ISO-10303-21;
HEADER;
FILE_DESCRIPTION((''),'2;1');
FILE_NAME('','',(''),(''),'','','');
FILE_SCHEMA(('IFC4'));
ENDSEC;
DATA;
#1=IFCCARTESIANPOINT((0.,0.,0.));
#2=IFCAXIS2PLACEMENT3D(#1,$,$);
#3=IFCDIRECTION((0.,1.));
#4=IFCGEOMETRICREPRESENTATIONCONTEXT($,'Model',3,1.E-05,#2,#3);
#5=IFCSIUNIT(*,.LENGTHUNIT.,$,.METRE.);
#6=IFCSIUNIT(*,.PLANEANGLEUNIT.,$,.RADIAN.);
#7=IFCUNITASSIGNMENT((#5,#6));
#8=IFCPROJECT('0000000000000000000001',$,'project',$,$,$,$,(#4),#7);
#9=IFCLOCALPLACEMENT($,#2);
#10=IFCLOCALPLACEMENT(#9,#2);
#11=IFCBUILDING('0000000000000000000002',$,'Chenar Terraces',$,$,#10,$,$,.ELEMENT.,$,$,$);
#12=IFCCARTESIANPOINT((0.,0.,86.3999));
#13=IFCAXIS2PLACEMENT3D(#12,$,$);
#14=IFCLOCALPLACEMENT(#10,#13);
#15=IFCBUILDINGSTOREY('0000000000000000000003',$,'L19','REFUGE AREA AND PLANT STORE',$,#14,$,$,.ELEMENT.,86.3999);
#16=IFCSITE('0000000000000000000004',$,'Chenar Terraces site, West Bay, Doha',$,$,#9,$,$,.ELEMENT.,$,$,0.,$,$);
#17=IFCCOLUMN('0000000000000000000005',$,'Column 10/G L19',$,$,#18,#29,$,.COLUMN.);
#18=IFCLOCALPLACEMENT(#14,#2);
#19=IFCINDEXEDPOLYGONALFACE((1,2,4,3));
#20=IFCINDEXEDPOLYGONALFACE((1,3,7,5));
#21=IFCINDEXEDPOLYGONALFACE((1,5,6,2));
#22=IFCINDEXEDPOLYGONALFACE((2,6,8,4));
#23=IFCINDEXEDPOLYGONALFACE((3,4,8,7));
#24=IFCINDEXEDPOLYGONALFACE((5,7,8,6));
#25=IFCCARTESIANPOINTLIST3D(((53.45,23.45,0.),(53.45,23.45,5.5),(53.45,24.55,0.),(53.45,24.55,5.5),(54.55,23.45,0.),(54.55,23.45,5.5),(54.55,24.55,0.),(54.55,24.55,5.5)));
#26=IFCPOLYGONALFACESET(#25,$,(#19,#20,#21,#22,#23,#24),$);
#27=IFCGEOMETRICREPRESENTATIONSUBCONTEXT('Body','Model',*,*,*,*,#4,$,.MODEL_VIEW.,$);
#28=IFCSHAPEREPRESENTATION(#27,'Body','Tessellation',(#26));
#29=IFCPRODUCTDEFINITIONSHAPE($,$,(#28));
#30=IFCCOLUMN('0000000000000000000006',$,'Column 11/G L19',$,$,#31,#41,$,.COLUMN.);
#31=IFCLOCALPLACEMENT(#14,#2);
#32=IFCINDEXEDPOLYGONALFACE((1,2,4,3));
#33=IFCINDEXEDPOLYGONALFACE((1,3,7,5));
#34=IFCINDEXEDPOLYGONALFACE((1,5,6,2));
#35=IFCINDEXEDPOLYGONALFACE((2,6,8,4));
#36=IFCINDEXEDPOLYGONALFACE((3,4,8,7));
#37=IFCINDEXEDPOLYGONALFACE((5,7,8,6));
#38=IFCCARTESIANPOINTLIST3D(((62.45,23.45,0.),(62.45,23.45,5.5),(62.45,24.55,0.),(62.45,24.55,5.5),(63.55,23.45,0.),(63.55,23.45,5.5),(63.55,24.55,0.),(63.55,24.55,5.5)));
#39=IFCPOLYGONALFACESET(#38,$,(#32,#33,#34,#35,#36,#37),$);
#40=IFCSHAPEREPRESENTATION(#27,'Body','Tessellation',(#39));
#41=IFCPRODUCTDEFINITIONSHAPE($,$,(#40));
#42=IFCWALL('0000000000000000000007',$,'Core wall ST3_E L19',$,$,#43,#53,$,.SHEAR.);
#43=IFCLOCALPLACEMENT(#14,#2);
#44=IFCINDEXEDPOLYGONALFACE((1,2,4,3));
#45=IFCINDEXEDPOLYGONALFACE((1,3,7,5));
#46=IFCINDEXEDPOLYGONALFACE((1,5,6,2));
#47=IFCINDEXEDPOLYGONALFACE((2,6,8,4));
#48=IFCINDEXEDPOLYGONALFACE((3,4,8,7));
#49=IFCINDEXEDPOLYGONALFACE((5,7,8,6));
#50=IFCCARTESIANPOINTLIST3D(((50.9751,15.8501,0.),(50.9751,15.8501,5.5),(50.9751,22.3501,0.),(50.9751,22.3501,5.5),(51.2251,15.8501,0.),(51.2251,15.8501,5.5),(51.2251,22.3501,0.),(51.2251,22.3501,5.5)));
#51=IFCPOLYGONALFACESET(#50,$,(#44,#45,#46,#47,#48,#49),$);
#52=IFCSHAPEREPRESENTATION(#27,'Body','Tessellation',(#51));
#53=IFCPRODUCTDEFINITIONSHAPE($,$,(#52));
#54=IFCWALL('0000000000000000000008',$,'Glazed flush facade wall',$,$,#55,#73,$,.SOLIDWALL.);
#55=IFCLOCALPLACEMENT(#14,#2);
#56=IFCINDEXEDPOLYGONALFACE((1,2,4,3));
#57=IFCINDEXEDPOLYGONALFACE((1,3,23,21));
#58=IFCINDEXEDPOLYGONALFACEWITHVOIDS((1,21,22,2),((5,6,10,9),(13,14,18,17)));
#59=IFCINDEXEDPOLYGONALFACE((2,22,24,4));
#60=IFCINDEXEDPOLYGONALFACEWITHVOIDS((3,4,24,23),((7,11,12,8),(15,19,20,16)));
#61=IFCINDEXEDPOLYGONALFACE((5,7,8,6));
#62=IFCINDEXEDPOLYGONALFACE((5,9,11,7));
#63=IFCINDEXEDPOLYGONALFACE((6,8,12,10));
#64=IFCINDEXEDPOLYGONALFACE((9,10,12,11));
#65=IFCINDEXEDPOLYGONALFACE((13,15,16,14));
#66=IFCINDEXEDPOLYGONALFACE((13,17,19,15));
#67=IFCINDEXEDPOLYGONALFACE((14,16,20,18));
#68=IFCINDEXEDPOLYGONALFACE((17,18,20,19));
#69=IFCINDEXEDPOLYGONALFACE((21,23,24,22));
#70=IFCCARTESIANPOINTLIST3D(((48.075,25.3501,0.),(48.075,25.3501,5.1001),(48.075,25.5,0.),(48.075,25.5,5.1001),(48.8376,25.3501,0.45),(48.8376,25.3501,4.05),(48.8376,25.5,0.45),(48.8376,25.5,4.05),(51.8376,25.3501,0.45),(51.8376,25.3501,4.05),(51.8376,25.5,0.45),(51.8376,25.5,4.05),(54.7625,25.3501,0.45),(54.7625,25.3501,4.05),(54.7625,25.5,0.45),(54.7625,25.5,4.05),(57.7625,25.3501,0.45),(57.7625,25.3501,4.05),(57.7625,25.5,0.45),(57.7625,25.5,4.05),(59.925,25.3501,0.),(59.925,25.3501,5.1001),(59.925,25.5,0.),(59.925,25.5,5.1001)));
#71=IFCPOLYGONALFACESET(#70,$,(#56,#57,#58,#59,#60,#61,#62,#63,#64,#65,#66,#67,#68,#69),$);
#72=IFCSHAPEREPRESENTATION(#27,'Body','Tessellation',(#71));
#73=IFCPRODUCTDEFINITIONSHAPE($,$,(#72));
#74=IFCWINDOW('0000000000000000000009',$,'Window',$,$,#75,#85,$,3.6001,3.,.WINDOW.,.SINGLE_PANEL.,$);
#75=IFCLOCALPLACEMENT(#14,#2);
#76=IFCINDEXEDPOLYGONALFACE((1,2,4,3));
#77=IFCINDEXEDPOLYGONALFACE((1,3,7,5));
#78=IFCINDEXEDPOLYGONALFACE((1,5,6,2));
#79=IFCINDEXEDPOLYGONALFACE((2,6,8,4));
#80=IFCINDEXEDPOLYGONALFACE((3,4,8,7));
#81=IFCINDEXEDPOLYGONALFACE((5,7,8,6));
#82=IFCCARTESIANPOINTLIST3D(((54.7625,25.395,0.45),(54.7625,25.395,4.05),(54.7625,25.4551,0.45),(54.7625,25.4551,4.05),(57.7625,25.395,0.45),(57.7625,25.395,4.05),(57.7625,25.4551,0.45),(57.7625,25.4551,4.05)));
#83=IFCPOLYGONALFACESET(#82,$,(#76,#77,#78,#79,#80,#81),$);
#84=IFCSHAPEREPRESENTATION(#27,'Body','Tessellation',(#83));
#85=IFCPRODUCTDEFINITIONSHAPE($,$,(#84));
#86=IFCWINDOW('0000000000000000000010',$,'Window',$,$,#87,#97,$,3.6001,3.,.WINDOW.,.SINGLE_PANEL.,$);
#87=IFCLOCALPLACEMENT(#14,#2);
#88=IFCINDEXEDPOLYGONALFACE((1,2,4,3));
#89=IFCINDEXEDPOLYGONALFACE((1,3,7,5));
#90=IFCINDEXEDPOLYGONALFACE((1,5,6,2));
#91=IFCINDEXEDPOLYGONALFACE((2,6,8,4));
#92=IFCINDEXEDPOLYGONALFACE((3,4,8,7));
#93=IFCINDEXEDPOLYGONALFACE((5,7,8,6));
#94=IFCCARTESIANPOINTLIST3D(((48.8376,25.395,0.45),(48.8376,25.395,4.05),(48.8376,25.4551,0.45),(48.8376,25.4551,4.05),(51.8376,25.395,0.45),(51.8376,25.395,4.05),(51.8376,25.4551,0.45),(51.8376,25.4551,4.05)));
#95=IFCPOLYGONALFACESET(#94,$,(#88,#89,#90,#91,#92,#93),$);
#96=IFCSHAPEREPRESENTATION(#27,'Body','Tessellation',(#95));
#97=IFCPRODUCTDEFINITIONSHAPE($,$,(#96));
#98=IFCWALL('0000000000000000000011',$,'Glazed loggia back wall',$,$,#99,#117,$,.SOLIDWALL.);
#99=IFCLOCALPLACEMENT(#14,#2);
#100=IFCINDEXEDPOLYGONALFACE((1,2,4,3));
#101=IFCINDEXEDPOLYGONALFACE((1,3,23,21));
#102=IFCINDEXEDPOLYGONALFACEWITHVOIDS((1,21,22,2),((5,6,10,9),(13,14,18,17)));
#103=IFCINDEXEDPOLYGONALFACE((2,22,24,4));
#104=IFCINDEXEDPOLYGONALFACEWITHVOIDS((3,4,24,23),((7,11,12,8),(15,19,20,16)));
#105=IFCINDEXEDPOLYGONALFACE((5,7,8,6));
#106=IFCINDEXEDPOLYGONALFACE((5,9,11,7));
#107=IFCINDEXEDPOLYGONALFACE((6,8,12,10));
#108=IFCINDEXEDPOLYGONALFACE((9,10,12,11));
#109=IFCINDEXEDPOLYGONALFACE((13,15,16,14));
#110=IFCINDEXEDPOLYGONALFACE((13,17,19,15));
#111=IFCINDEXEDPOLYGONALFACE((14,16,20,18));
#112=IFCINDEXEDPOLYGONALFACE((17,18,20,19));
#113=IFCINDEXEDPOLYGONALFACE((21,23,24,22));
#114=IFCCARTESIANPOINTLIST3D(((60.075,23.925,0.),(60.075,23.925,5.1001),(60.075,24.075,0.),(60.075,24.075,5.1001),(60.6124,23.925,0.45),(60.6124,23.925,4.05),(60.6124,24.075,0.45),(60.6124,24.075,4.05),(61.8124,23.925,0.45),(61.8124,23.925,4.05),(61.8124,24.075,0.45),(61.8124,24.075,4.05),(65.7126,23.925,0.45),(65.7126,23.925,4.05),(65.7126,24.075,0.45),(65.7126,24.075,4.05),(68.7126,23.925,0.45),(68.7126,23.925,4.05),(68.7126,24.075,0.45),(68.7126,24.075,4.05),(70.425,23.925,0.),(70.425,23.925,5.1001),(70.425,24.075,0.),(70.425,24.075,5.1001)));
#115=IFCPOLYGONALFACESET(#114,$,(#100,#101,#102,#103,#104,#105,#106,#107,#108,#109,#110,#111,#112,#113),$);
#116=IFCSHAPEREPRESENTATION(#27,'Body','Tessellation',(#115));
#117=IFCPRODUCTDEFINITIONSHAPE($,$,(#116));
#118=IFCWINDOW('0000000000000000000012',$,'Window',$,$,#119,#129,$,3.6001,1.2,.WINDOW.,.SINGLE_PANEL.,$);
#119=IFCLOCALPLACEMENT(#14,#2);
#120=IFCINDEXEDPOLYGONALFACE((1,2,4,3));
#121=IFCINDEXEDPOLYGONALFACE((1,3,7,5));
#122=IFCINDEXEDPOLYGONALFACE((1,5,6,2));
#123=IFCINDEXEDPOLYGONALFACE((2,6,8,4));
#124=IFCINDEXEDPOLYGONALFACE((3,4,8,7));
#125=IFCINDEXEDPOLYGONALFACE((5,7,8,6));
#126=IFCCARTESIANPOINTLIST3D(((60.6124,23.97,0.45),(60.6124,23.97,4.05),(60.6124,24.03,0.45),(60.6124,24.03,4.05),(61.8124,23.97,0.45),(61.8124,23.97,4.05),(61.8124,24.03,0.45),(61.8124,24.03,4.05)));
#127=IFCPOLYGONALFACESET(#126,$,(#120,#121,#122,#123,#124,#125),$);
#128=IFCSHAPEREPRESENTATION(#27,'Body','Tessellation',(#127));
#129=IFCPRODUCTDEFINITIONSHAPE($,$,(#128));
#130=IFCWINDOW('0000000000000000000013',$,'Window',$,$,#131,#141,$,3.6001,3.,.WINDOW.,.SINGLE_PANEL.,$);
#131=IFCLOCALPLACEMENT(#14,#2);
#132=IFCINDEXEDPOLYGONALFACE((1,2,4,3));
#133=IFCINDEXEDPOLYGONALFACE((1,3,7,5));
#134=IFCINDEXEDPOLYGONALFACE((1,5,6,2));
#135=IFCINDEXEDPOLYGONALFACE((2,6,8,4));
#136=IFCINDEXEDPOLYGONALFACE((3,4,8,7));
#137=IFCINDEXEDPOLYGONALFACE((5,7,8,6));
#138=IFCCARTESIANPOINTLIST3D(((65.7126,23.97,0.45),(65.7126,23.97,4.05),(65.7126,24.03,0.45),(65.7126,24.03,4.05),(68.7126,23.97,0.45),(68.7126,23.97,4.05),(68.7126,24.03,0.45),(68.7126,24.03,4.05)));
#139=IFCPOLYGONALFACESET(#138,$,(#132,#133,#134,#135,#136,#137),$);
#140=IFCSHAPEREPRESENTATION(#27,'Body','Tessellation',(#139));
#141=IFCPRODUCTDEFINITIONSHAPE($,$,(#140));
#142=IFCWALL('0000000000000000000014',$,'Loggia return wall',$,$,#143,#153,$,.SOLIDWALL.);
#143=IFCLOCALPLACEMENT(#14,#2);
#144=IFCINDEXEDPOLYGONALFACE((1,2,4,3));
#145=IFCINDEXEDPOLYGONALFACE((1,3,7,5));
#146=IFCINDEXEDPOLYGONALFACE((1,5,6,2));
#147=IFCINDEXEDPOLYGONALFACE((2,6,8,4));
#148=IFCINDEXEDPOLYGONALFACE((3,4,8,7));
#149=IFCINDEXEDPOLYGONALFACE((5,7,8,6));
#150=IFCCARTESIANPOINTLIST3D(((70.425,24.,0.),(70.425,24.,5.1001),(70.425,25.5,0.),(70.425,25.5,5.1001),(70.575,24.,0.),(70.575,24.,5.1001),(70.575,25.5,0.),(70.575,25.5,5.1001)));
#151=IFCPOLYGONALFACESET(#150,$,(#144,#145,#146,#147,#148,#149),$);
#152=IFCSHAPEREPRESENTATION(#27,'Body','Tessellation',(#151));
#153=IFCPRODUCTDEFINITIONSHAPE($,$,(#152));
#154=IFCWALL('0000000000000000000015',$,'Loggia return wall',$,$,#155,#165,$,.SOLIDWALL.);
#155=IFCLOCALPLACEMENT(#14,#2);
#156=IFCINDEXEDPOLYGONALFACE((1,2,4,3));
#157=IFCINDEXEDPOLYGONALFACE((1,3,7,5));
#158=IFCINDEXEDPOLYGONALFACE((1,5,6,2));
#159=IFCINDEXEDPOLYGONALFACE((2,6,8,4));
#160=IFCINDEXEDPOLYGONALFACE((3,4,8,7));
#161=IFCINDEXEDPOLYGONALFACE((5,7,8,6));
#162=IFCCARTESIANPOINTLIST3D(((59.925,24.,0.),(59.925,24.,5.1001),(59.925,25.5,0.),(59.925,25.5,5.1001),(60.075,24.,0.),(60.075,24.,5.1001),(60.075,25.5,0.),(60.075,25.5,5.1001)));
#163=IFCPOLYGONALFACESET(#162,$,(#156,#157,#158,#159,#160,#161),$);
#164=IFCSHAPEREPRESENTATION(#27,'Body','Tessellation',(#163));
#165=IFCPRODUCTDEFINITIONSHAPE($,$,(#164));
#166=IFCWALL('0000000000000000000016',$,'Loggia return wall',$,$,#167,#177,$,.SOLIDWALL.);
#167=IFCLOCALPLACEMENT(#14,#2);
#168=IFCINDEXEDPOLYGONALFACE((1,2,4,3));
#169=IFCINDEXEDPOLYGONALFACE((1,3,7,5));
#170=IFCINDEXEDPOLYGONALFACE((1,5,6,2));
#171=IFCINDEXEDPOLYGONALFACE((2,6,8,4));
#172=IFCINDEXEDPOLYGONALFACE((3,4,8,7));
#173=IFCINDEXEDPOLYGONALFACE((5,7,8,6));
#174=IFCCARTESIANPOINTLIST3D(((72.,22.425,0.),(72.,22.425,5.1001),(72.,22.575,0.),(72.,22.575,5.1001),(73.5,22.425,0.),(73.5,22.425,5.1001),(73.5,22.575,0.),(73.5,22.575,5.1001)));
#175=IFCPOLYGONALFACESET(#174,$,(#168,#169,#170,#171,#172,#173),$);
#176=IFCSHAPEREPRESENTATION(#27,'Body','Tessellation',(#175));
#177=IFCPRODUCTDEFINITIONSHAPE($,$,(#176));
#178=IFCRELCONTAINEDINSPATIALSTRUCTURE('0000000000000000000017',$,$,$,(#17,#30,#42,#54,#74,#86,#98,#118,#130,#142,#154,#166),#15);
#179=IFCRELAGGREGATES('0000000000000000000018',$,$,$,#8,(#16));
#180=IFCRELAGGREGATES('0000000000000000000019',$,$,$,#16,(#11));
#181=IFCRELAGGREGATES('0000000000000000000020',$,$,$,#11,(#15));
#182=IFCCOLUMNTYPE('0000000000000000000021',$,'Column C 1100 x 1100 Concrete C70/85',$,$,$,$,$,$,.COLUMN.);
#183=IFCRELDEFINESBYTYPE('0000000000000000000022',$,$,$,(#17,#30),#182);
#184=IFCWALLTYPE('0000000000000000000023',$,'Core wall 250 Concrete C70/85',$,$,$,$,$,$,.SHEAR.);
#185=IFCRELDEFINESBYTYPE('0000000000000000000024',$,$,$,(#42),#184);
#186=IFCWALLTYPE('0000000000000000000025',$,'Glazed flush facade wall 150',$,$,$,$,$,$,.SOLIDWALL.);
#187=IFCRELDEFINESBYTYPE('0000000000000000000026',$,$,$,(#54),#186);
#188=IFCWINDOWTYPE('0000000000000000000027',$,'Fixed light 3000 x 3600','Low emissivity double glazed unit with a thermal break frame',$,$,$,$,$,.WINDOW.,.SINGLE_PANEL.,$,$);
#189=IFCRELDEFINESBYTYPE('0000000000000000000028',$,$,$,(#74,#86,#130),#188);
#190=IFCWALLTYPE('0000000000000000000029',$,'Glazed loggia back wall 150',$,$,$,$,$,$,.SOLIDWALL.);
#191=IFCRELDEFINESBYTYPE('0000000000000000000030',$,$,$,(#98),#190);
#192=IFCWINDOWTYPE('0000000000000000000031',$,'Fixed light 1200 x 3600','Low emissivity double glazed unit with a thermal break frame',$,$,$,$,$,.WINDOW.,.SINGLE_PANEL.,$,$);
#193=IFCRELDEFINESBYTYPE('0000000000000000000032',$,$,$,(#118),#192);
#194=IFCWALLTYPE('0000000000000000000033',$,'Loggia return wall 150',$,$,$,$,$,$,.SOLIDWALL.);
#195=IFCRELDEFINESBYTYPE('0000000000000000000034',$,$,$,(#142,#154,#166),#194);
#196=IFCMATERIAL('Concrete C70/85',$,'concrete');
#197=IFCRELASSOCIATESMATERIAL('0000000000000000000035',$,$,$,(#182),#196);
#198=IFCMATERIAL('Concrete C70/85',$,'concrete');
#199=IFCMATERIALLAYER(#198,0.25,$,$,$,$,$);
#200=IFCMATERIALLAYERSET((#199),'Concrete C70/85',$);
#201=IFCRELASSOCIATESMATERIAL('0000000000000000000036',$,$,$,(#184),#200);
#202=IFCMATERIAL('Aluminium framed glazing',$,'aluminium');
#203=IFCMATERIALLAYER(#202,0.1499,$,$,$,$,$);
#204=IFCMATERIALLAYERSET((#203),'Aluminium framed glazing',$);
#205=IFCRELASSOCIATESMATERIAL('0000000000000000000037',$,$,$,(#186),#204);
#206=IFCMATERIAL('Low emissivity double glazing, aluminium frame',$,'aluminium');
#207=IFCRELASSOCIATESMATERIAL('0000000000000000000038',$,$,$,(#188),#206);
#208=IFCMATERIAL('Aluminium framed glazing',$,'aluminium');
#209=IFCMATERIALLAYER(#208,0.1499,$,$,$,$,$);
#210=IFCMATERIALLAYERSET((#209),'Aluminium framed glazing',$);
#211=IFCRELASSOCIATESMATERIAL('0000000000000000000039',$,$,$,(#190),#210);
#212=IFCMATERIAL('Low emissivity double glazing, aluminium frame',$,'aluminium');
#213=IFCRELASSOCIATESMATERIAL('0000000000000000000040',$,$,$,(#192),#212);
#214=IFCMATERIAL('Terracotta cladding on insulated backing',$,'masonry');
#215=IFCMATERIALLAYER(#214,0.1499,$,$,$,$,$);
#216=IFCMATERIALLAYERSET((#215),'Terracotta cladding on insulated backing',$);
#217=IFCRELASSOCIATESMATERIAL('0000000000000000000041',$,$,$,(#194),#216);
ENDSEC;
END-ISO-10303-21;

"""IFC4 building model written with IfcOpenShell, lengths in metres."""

from ifc_helpers import new_model, si_unit, direction, frame, frame_2d, origin, origin_2d, place, context, subcontext, project, spatial, rectangle, extrude, material, layer, layer_set, material_profile, profile_set, type_object, element, fill, save


model = new_model("IFC4")

# Units and contexts
model_context = context("Model", 3, precision=1e-05, world=origin(), true_north=direction((0.0, 1.0)))
body_context = subcontext(model_context, "Body", "Model", "MODEL_VIEW")
ifc_project = project(units=[si_unit("LENGTHUNIT", "METRE"), si_unit("PLANEANGLEUNIT", "RADIAN")], contexts=[model_context])

# Site, building, storey
site_placement = place(None, origin())
site = spatial("IfcSite", under=ifc_project, at=site_placement, Name="Chenar Terraces site, West Bay, Doha", CompositionType="ELEMENT", RefElevation=0.0)
building_placement = place(site_placement, origin())
building = spatial("IfcBuilding", under=site, at=building_placement, Name="Chenar Terraces", CompositionType="ELEMENT")
storey_placement = place(building_placement, frame((0.0, 0.0, 86.3999)))
storey = spatial("IfcBuildingStorey", under=building, at=storey_placement, Name="L19", Description="REFUGE AREA AND PLANT STORE", CompositionType="ELEMENT", Elevation=86.3999)

# Columns
ifc_material_1 = material(Name="Concrete C70/85", Category="concrete")
ifc_material_profile_1 = material_profile(ifc_material_1, rectangle(XDim=1.1001, YDim=1.1001, at=origin_2d()), Name="C 1100 x 1100")
ifc_profile_set_1 = profile_set([ifc_material_profile_1], Name="Concrete C70/85")
column_type = type_object("IfcColumnType", Name="Column C 1100 x 1100 Concrete C70/85", PredefinedType="COLUMN", material=ifc_profile_set_1)
for number, where, z_axis, x_axis, name in (
    (1, (54.0, 24.0, 0.0), (0.0, 0.0, 1.0), (1.0, 0.0, 0.0), "Column 10/G L19"),
    (2, (63.0, 24.0, 0.0), (0.0, 0.0, 1.0), (1.0, 0.0, 0.0), "Column 11/G L19"),
):
    element("IfcColumn", number, at=place(storey_placement, frame(where, z_axis=z_axis, x_axis=x_axis)), inside=storey, type_object=column_type, Name=name, PredefinedType="COLUMN", context=body_context, shape_type="SweptSolid", body=[
        extrude(rectangle(XDim=1.1001, YDim=1.1001, at=origin_2d()), origin(), (0.0, 0.0, 1.0), 5.5),
    ])

# Wall
ifc_material_2 = material(Name="Concrete C70/85", Category="concrete")
ifc_layer_1 = layer(ifc_material_2, 0.25)
ifc_layer_set_1 = layer_set([ifc_layer_1], Name="Concrete C70/85")
wall_type_1 = type_object("IfcWallType", Name="Core wall 250 Concrete C70/85", PredefinedType="SHEAR", material=ifc_layer_set_1)
wall_1_placement = place(storey_placement, frame((51.1001, 15.8501, 0.0), z_axis=(0.0, 0.0, 1.0), x_axis=(0.0, 1.0, 0.0)))
element("IfcWall", 3, at=wall_1_placement, inside=storey, type_object=wall_type_1, Name="Core wall ST3_E L19", PredefinedType="SHEAR", context=body_context, shape_type="SweptSolid", body=[
    extrude(rectangle(XDim=6.5, YDim=0.25, at=frame_2d((3.25, 0.0))), origin(), (0.0, 0.0, 1.0), 5.5),
])

# Walls, openings, windows
ifc_material_3 = material(Name="Aluminium framed glazing", Category="aluminium")
ifc_layer_2 = layer(ifc_material_3, 0.1499)
ifc_layer_set_2 = layer_set([ifc_layer_2], Name="Aluminium framed glazing")
wall_type_2 = type_object("IfcWallType", Name="Glazed flush facade wall 150", PredefinedType="SOLIDWALL", material=ifc_layer_set_2)
wall_2_placement = place(storey_placement, frame((59.925, 25.425, 0.0), z_axis=(0.0, 0.0, 1.0), x_axis=(-1.0, 0.0, 0.0)))
wall_2 = element("IfcWall", 4, at=wall_2_placement, inside=storey, type_object=wall_type_2, Name="Glazed flush facade wall", PredefinedType="SOLIDWALL", context=body_context, shape_type="SweptSolid", body=[
    extrude(rectangle(XDim=11.8501, YDim=0.1499, at=frame_2d((5.925, 0.0))), origin(), (0.0, 0.0, 1.0), 5.1001),
])
opening_1_placement = place(wall_2_placement, frame((2.1626, 0.0, 0.45)))
opening_1 = element("IfcOpeningElement", 5, at=opening_1_placement, cuts=wall_2, PredefinedType="OPENING", context=body_context, shape_type="SweptSolid", body=[
    extrude(rectangle(XDim=3.0, YDim=3.6001, at=frame_2d((1.5, 1.8))), frame((0.0, 0.085, 0.0), z_axis=(0.0, -1.0, 0.0), x_axis=(1.0, 0.0, 0.0)), (0.0, 0.0, 1.0), 0.1699),
])
opening_2_placement = place(wall_2_placement, frame((8.0874, 0.0, 0.45)))
opening_2 = element("IfcOpeningElement", 6, at=opening_2_placement, cuts=wall_2, PredefinedType="OPENING", context=body_context, shape_type="SweptSolid", body=[
    extrude(rectangle(XDim=3.0, YDim=3.6001, at=frame_2d((1.5, 1.8))), frame((0.0, 0.085, 0.0), z_axis=(0.0, -1.0, 0.0), x_axis=(1.0, 0.0, 0.0)), (0.0, 0.0, 1.0), 0.1699),
])
ifc_material_4 = material(Name="Low emissivity double glazing, aluminium frame", Category="aluminium")
window_type_1 = type_object("IfcWindowType", Name="Fixed light 3000 x 3600", Description="Low emissivity double glazed unit with a thermal break frame", PartitioningType="SINGLE_PANEL", PredefinedType="WINDOW", material=ifc_material_4)
window_1_placement = place(opening_1_placement, origin())
window_1 = element("IfcWindow", 7, at=window_1_placement, inside=storey, type_object=window_type_1, Name="Window", OverallHeight=3.6001, OverallWidth=3.0, PartitioningType="SINGLE_PANEL", PredefinedType="WINDOW", context=body_context, shape_type="SweptSolid", body=[
    extrude(rectangle(XDim=3.0, YDim=3.6001, at=frame_2d((1.5, 1.8))), frame((0.0, 0.03, 0.0), z_axis=(0.0, -1.0, 0.0), x_axis=(1.0, 0.0, 0.0)), (0.0, 0.0, 1.0), 0.0601),
])
fill(opening_1, window_1)
window_2_placement = place(opening_2_placement, origin())
window_2 = element("IfcWindow", 8, at=window_2_placement, inside=storey, type_object=window_type_1, Name="Window", OverallHeight=3.6001, OverallWidth=3.0, PartitioningType="SINGLE_PANEL", PredefinedType="WINDOW", context=body_context, shape_type="SweptSolid", body=[
    extrude(rectangle(XDim=3.0, YDim=3.6001, at=frame_2d((1.5, 1.8))), frame((0.0, 0.03, 0.0), z_axis=(0.0, -1.0, 0.0), x_axis=(1.0, 0.0, 0.0)), (0.0, 0.0, 1.0), 0.0601),
])
fill(opening_2, window_2)
ifc_material_5 = material(Name="Aluminium framed glazing", Category="aluminium")
ifc_layer_3 = layer(ifc_material_5, 0.1499)
ifc_layer_set_3 = layer_set([ifc_layer_3], Name="Aluminium framed glazing")
wall_type_3 = type_object("IfcWallType", Name="Glazed loggia back wall 150", PredefinedType="SOLIDWALL", material=ifc_layer_set_3)
wall_3_placement = place(storey_placement, frame((70.425, 24.0, 0.0), z_axis=(0.0, 0.0, 1.0), x_axis=(-1.0, 0.0, 0.0)))
wall_3 = element("IfcWall", 9, at=wall_3_placement, inside=storey, type_object=wall_type_3, Name="Glazed loggia back wall", PredefinedType="SOLIDWALL", context=body_context, shape_type="SweptSolid", body=[
    extrude(rectangle(XDim=10.3501, YDim=0.1499, at=frame_2d((5.175, 0.0))), origin(), (0.0, 0.0, 1.0), 5.1001),
])
opening_3_placement = place(wall_3_placement, frame((1.7124, 0.0, 0.45)))
opening_3 = element("IfcOpeningElement", 10, at=opening_3_placement, cuts=wall_3, PredefinedType="OPENING", context=body_context, shape_type="SweptSolid", body=[
    extrude(rectangle(XDim=3.0, YDim=3.6001, at=frame_2d((1.5, 1.8))), frame((0.0, 0.085, 0.0), z_axis=(0.0, -1.0, 0.0), x_axis=(1.0, 0.0, 0.0)), (0.0, 0.0, 1.0), 0.1699),
])
opening_4_placement = place(wall_3_placement, frame((8.6125, 0.0, 0.45)))
opening_4 = element("IfcOpeningElement", 11, at=opening_4_placement, cuts=wall_3, PredefinedType="OPENING", context=body_context, shape_type="SweptSolid", body=[
    extrude(rectangle(XDim=1.2, YDim=3.6001, at=frame_2d((0.6001, 1.8))), frame((0.0, 0.085, 0.0), z_axis=(0.0, -1.0, 0.0), x_axis=(1.0, 0.0, 0.0)), (0.0, 0.0, 1.0), 0.1699),
])
ifc_material_6 = material(Name="Low emissivity double glazing, aluminium frame", Category="aluminium")
window_type_2 = type_object("IfcWindowType", Name="Fixed light 1200 x 3600", Description="Low emissivity double glazed unit with a thermal break frame", PartitioningType="SINGLE_PANEL", PredefinedType="WINDOW", material=ifc_material_6)
window_3_placement = place(opening_4_placement, origin())
window_3 = element("IfcWindow", 12, at=window_3_placement, inside=storey, type_object=window_type_2, Name="Window", OverallHeight=3.6001, OverallWidth=1.2, PartitioningType="SINGLE_PANEL", PredefinedType="WINDOW", context=body_context, shape_type="SweptSolid", body=[
    extrude(rectangle(XDim=1.2, YDim=3.6001, at=frame_2d((0.6001, 1.8))), frame((0.0, 0.03, 0.0), z_axis=(0.0, -1.0, 0.0), x_axis=(1.0, 0.0, 0.0)), (0.0, 0.0, 1.0), 0.0601),
])
fill(opening_4, window_3)
window_4_placement = place(opening_3_placement, origin())
window_4 = element("IfcWindow", 13, at=window_4_placement, inside=storey, type_object=window_type_1, Name="Window", OverallHeight=3.6001, OverallWidth=3.0, PartitioningType="SINGLE_PANEL", PredefinedType="WINDOW", context=body_context, shape_type="SweptSolid", body=[
    extrude(rectangle(XDim=3.0, YDim=3.6001, at=frame_2d((1.5, 1.8))), frame((0.0, 0.03, 0.0), z_axis=(0.0, -1.0, 0.0), x_axis=(1.0, 0.0, 0.0)), (0.0, 0.0, 1.0), 0.0601),
])
fill(opening_3, window_4)

# Walls
ifc_material_7 = material(Name="Terracotta cladding on insulated backing", Category="masonry")
ifc_layer_4 = layer(ifc_material_7, 0.1499)
ifc_layer_set_4 = layer_set([ifc_layer_4], Name="Terracotta cladding on insulated backing")
wall_type_4 = type_object("IfcWallType", Name="Loggia return wall 150", PredefinedType="SOLIDWALL", material=ifc_layer_set_4)
for number, where, z_axis, x_axis, name in (
    (14, (70.5, 25.5, 0.0), (0.0, 0.0, 1.0), (0.0, -1.0, 0.0), "Loggia return wall"),
    (15, (60.0, 25.5, 0.0), (0.0, 0.0, 1.0), (0.0, -1.0, 0.0), "Loggia return wall"),
    (16, (73.5, 22.5, 0.0), (0.0, 0.0, 1.0), (-1.0, 0.0, 0.0), "Loggia return wall"),
):
    element("IfcWall", number, at=place(storey_placement, frame(where, z_axis=z_axis, x_axis=x_axis)), inside=storey, type_object=wall_type_4, Name=name, PredefinedType="SOLIDWALL", context=body_context, shape_type="SweptSolid", body=[
        extrude(rectangle(XDim=1.5, YDim=0.1499, at=frame_2d((0.75, 0.0))), origin(), (0.0, 0.0, 1.0), 5.1001),
    ])

save(model, "model.ifc")
